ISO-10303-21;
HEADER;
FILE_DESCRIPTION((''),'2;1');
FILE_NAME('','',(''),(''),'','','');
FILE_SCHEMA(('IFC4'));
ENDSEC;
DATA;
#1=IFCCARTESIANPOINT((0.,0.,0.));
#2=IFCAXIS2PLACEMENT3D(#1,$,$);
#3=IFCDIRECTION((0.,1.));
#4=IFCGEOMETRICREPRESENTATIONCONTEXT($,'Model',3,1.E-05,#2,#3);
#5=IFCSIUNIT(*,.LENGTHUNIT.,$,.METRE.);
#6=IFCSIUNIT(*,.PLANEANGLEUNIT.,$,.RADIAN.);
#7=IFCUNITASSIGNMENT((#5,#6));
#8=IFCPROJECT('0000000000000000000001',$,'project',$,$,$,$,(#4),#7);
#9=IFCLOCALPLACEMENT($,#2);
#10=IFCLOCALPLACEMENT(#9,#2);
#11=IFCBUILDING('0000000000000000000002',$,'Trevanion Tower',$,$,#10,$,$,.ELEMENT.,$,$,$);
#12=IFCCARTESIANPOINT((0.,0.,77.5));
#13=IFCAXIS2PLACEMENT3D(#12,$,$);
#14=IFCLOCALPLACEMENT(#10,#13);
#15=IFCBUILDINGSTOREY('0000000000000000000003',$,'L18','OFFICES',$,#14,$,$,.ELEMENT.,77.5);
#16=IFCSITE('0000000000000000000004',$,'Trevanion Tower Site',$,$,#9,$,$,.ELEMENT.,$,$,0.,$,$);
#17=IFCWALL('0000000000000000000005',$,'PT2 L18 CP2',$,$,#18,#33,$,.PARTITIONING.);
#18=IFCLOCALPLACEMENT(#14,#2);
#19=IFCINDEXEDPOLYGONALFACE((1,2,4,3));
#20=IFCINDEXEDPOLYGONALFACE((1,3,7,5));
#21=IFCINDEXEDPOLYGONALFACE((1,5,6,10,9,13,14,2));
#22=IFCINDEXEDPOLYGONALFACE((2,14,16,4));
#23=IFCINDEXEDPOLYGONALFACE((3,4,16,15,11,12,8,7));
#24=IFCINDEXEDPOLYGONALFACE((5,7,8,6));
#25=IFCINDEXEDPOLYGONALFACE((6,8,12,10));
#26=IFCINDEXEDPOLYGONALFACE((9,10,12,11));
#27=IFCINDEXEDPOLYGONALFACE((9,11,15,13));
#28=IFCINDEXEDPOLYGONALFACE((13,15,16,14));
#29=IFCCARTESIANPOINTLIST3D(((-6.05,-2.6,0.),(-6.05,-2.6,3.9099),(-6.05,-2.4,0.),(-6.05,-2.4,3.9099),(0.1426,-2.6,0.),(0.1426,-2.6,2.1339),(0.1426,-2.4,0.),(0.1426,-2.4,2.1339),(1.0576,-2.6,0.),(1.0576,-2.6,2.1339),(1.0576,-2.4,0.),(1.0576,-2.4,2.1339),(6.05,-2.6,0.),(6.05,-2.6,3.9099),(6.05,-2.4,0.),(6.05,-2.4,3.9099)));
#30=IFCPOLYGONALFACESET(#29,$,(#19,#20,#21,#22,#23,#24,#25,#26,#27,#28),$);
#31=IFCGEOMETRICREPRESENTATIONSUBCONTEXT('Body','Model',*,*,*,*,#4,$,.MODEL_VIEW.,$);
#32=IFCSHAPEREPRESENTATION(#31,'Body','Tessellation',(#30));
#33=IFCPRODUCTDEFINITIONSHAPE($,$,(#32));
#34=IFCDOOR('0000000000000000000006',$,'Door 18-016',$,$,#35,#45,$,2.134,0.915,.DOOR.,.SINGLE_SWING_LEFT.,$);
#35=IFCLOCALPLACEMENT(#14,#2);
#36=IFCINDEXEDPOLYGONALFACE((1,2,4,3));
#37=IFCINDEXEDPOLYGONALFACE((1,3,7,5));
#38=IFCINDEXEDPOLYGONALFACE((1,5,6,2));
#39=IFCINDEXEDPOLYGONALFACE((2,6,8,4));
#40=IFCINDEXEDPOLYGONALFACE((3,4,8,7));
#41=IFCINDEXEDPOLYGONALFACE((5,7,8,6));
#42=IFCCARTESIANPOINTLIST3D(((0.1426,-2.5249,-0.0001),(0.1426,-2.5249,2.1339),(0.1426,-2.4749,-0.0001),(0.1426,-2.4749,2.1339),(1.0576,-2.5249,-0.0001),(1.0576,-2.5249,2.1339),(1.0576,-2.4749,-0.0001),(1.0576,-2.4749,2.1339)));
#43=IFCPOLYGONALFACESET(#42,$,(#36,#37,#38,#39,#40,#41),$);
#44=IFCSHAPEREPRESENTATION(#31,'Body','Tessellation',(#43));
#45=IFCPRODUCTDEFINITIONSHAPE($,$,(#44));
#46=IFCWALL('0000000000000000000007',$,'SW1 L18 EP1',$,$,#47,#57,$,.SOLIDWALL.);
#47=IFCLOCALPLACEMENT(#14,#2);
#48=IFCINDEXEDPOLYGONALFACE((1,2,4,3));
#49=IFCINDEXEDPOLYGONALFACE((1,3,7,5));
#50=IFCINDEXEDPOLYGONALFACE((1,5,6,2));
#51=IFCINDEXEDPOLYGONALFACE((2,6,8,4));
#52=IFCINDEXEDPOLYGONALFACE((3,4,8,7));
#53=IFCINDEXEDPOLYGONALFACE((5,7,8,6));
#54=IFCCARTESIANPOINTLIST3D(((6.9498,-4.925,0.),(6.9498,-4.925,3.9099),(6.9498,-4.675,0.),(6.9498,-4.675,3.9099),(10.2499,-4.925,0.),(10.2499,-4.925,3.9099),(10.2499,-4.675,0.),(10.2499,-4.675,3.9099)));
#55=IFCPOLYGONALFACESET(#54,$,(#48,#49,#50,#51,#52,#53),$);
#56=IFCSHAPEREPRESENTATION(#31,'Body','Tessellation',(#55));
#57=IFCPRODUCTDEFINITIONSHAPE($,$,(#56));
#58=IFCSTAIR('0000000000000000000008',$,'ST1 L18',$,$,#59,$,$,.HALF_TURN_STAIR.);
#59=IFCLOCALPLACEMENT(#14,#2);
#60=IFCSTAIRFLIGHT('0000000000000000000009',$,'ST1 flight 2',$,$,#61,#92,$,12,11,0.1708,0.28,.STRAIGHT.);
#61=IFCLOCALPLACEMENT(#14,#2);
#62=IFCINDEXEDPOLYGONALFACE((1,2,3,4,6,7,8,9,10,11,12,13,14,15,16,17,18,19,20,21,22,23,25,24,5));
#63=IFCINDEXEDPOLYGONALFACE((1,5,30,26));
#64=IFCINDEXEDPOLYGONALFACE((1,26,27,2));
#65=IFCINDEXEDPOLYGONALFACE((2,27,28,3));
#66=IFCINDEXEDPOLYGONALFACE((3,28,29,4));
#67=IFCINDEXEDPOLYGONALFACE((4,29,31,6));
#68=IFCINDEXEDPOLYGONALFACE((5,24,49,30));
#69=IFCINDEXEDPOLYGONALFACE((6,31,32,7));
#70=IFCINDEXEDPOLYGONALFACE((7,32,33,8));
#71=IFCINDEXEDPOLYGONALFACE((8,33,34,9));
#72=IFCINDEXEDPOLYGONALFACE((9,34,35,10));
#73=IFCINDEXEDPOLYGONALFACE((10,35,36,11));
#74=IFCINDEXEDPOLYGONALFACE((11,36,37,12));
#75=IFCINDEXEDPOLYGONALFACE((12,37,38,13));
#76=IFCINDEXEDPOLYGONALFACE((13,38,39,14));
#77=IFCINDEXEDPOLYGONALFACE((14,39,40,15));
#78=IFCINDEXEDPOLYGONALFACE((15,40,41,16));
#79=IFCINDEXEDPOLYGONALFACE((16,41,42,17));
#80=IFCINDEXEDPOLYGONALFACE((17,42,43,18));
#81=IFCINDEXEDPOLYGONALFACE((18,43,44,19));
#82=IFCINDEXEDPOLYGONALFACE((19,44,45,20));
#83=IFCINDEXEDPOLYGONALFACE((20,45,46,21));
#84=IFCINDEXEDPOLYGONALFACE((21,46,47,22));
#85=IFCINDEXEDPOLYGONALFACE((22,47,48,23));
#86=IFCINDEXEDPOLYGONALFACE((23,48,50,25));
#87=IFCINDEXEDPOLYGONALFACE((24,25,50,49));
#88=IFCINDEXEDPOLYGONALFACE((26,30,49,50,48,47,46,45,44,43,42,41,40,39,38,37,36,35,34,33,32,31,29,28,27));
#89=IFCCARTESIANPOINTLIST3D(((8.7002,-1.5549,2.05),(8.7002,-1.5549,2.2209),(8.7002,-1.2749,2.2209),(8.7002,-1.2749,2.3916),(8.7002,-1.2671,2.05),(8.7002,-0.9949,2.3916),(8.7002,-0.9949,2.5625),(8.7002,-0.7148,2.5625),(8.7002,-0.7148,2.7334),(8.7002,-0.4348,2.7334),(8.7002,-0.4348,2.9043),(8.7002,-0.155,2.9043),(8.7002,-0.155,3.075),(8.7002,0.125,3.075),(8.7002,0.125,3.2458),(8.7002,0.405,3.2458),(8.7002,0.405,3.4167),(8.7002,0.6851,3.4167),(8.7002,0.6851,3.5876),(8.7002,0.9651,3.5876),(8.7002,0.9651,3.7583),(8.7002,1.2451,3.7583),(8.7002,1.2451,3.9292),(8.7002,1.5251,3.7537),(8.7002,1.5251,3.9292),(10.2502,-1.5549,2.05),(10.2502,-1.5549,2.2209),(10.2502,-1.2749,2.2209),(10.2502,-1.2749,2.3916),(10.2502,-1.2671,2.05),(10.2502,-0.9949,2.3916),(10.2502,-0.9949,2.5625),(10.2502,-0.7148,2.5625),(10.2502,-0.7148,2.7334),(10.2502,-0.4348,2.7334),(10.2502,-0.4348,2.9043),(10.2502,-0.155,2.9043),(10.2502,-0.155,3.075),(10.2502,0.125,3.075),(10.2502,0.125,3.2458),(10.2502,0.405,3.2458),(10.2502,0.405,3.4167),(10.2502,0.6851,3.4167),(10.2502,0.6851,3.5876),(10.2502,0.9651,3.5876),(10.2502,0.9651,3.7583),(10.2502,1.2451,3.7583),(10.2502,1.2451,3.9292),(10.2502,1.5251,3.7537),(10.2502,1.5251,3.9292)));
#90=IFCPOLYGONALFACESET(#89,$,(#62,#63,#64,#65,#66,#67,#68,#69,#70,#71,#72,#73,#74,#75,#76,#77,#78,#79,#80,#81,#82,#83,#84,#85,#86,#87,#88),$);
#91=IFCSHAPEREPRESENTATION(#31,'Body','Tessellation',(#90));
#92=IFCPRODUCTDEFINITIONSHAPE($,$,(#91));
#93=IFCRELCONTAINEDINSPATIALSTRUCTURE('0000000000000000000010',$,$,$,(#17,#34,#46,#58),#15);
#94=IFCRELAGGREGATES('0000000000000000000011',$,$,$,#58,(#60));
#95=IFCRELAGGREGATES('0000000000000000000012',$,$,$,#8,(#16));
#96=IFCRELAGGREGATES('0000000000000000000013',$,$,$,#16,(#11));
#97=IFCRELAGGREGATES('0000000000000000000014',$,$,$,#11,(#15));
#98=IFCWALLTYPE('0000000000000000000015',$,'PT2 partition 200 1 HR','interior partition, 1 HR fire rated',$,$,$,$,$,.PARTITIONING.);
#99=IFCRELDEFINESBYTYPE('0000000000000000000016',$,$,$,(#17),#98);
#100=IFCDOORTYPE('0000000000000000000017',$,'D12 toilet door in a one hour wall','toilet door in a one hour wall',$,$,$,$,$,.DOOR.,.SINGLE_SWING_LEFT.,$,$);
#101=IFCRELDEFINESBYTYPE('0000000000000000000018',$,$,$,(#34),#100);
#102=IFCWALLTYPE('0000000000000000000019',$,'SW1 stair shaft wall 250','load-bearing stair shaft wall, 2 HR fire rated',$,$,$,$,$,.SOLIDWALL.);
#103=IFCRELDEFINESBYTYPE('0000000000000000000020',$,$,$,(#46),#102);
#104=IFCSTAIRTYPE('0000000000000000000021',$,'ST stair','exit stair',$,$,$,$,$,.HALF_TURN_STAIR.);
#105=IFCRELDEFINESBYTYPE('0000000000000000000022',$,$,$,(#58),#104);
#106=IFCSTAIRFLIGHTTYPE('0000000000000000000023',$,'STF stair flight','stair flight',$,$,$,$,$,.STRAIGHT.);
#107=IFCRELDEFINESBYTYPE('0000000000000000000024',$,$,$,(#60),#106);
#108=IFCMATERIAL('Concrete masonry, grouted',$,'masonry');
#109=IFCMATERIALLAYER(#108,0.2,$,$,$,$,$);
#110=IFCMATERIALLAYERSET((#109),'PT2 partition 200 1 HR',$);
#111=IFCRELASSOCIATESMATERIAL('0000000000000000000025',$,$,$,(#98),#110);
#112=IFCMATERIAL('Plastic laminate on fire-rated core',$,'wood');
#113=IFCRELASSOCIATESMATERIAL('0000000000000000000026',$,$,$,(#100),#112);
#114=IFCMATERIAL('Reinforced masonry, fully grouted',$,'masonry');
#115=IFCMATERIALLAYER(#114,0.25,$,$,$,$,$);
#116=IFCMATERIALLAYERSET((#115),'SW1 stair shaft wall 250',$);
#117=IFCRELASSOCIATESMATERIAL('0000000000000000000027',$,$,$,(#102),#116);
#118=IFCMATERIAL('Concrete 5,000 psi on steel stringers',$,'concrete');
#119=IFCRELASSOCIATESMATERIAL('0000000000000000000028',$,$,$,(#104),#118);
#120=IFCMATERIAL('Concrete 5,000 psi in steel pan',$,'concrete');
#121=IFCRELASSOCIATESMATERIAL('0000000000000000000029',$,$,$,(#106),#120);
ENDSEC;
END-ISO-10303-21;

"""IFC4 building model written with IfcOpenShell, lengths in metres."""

from ifc_helpers import new_model, si_unit, direction, frame, frame_2d, origin, place, context, subcontext, project, spatial, polyline, rectangle, outline, extrude, material, layer, layer_set, type_object, element, fill, aggregate, save


model = new_model("IFC4")

# Units and contexts
model_context = context("Model", 3, precision=1e-05, world=origin(), true_north=direction((0.0, 1.0)))
body_context = subcontext(model_context, "Body", "Model", "MODEL_VIEW")
ifc_project = project(units=[si_unit("LENGTHUNIT", "METRE"), si_unit("PLANEANGLEUNIT", "RADIAN")], contexts=[model_context])

# Site, building, storey
site_placement = place(None, origin())
site = spatial("IfcSite", under=ifc_project, at=site_placement, Name="Trevanion Tower Site", CompositionType="ELEMENT", RefElevation=0.0)
building_placement = place(site_placement, origin())
building = spatial("IfcBuilding", under=site, at=building_placement, Name="Trevanion Tower", CompositionType="ELEMENT")
storey_placement = place(building_placement, frame((0.0, 0.0, 77.5)))
storey = spatial("IfcBuildingStorey", under=building, at=storey_placement, Name="L18", Description="OFFICES", CompositionType="ELEMENT", Elevation=77.5)

# Wall, opening, door
ifc_material_1 = material(Name="Concrete masonry, grouted", Category="masonry")
ifc_layer_1 = layer(ifc_material_1, 0.2)
ifc_layer_set_1 = layer_set([ifc_layer_1], Name="PT2 partition 200 1 HR")
wall_type_1 = type_object("IfcWallType", Name="PT2 partition 200 1 HR", Description="interior partition, 1 HR fire rated", PredefinedType="PARTITIONING", material=ifc_layer_set_1)
wall_1_placement = place(storey_placement, frame((6.05, -2.5, 0.0), z_axis=(0.0, 0.0, 1.0), x_axis=(-1.0, 0.0, 0.0)))
wall_1 = element("IfcWall", 1, at=wall_1_placement, inside=storey, type_object=wall_type_1, Name="PT2 L18 CP2", PredefinedType="PARTITIONING", context=body_context, shape_type="SweptSolid", body=[
    extrude(rectangle(XDim=12.1001, YDim=0.2, at=frame_2d((6.05, 0.0))), origin(), (0.0, 0.0, 1.0), 3.9099),
])
opening_1_placement = place(wall_1_placement, frame((4.9924, 0.0, 0.0)))
opening_1 = element("IfcOpeningElement", 2, at=opening_1_placement, cuts=wall_1, PredefinedType="OPENING", context=body_context, shape_type="SweptSolid", body=[
    extrude(rectangle(XDim=0.915, YDim=2.134, at=frame_2d((0.4575, 1.0669))), frame((0.0, 0.1099, 0.0), z_axis=(0.0, -1.0, 0.0), x_axis=(1.0, 0.0, 0.0)), (0.0, 0.0, 1.0), 0.22),
])
ifc_material_2 = material(Name="Plastic laminate on fire-rated core", Category="wood")
door_type_1 = type_object("IfcDoorType", Name="D12 toilet door in a one hour wall", Description="toilet door in a one hour wall", OperationType="SINGLE_SWING_LEFT", PredefinedType="DOOR", material=ifc_material_2)
door_1_placement = place(opening_1_placement, origin())
door_1 = element("IfcDoor", 3, at=door_1_placement, inside=storey, type_object=door_type_1, Name="Door 18-016", OperationType="SINGLE_SWING_LEFT", OverallHeight=2.134, OverallWidth=0.915, PredefinedType="DOOR", context=body_context, shape_type="SweptSolid", body=[
    extrude(rectangle(XDim=0.915, YDim=2.134, at=frame_2d((0.4575, 1.0669))), frame((0.0, 0.0249, 0.0), z_axis=(0.0, -1.0, 0.0), x_axis=(1.0, 0.0, 0.0)), (0.0, 0.0, 1.0), 0.05),
])
fill(opening_1, door_1)

# Wall
ifc_material_3 = material(Name="Reinforced masonry, fully grouted", Category="masonry")
ifc_layer_2 = layer(ifc_material_3, 0.25)
ifc_layer_set_2 = layer_set([ifc_layer_2], Name="SW1 stair shaft wall 250")
wall_type_2 = type_object("IfcWallType", Name="SW1 stair shaft wall 250", Description="load-bearing stair shaft wall, 2 HR fire rated", PredefinedType="SOLIDWALL", material=ifc_layer_set_2)
wall_2_placement = place(storey_placement, frame((6.95, -4.8, 0.0), z_axis=(0.0, 0.0, 1.0), x_axis=(1.0, 0.0, 0.0)))
element("IfcWall", 4, at=wall_2_placement, inside=storey, type_object=wall_type_2, Name="SW1 L18 EP1", PredefinedType="SOLIDWALL", context=body_context, shape_type="SweptSolid", body=[
    extrude(rectangle(XDim=3.3, YDim=0.25, at=frame_2d((1.6499, 0.0))), origin(), (0.0, 0.0, 1.0), 3.9099),
])

# Stair, stair flight
ifc_material_4 = material(Name="Concrete 5,000 psi on steel stringers", Category="concrete")
stair_type = type_object("IfcStairType", Name="ST stair", Description="exit stair", PredefinedType="HALF_TURN_STAIR", material=ifc_material_4)
stair_placement = place(storey_placement, origin())
stair = element("IfcStair", 5, at=stair_placement, inside=storey, type_object=stair_type, Name="ST1 L18", PredefinedType="HALF_TURN_STAIR")
ifc_material_5 = material(Name="Concrete 5,000 psi in steel pan", Category="concrete")
stair_flight_type = type_object("IfcStairFlightType", Name="STF stair flight", Description="stair flight", PredefinedType="STRAIGHT", material=ifc_material_5)
stair_flight_placement = place(storey_placement, frame((9.4751, -1.5549, 2.05), z_axis=(0.0, 0.0, 1.0), x_axis=(0.0, 1.0, 0.0)))
stair_flight = element("IfcStairFlight", 6, at=stair_flight_placement, type_object=stair_flight_type, Name="ST1 flight 2", NumberOfRisers=12, NumberOfTreads=11, PredefinedType="STRAIGHT", RiserHeight=0.1708, TreadLength=0.28, context=body_context, shape_type="SweptSolid", body=[
    extrude(outline(polyline([(0.0, 0.0), (0.0, 0.1709), (0.28, 0.1709), (0.28, 0.3416), (0.5601, 0.3416), (0.5601, 0.5125), (0.8401, 0.5125), (0.8401, 0.6833), (1.1201, 0.6833), (1.1201, 0.8542), (1.3999, 0.8542), (1.3999, 1.0249), (1.6799, 1.0249), (1.6799, 1.1958), (1.96, 1.1958), (1.96, 1.3667), (2.24, 1.3667), (2.24, 1.5376), (2.52, 1.5376), (2.52, 1.7083), (2.8, 1.7083), (2.8, 1.8792), (3.0801, 1.8792), (3.0801, 2.05), (3.0801, 1.7036), (0.2878, 0.0), (0.0, 0.0)])), frame((0.0, 0.7749, 0.0), z_axis=(0.0, -1.0, 0.0), x_axis=(1.0, 0.0, 0.0)), (0.0, 0.0, 1.0), 1.55),
])
aggregate(stair, [stair_flight])

save(model, "model.ifc")
